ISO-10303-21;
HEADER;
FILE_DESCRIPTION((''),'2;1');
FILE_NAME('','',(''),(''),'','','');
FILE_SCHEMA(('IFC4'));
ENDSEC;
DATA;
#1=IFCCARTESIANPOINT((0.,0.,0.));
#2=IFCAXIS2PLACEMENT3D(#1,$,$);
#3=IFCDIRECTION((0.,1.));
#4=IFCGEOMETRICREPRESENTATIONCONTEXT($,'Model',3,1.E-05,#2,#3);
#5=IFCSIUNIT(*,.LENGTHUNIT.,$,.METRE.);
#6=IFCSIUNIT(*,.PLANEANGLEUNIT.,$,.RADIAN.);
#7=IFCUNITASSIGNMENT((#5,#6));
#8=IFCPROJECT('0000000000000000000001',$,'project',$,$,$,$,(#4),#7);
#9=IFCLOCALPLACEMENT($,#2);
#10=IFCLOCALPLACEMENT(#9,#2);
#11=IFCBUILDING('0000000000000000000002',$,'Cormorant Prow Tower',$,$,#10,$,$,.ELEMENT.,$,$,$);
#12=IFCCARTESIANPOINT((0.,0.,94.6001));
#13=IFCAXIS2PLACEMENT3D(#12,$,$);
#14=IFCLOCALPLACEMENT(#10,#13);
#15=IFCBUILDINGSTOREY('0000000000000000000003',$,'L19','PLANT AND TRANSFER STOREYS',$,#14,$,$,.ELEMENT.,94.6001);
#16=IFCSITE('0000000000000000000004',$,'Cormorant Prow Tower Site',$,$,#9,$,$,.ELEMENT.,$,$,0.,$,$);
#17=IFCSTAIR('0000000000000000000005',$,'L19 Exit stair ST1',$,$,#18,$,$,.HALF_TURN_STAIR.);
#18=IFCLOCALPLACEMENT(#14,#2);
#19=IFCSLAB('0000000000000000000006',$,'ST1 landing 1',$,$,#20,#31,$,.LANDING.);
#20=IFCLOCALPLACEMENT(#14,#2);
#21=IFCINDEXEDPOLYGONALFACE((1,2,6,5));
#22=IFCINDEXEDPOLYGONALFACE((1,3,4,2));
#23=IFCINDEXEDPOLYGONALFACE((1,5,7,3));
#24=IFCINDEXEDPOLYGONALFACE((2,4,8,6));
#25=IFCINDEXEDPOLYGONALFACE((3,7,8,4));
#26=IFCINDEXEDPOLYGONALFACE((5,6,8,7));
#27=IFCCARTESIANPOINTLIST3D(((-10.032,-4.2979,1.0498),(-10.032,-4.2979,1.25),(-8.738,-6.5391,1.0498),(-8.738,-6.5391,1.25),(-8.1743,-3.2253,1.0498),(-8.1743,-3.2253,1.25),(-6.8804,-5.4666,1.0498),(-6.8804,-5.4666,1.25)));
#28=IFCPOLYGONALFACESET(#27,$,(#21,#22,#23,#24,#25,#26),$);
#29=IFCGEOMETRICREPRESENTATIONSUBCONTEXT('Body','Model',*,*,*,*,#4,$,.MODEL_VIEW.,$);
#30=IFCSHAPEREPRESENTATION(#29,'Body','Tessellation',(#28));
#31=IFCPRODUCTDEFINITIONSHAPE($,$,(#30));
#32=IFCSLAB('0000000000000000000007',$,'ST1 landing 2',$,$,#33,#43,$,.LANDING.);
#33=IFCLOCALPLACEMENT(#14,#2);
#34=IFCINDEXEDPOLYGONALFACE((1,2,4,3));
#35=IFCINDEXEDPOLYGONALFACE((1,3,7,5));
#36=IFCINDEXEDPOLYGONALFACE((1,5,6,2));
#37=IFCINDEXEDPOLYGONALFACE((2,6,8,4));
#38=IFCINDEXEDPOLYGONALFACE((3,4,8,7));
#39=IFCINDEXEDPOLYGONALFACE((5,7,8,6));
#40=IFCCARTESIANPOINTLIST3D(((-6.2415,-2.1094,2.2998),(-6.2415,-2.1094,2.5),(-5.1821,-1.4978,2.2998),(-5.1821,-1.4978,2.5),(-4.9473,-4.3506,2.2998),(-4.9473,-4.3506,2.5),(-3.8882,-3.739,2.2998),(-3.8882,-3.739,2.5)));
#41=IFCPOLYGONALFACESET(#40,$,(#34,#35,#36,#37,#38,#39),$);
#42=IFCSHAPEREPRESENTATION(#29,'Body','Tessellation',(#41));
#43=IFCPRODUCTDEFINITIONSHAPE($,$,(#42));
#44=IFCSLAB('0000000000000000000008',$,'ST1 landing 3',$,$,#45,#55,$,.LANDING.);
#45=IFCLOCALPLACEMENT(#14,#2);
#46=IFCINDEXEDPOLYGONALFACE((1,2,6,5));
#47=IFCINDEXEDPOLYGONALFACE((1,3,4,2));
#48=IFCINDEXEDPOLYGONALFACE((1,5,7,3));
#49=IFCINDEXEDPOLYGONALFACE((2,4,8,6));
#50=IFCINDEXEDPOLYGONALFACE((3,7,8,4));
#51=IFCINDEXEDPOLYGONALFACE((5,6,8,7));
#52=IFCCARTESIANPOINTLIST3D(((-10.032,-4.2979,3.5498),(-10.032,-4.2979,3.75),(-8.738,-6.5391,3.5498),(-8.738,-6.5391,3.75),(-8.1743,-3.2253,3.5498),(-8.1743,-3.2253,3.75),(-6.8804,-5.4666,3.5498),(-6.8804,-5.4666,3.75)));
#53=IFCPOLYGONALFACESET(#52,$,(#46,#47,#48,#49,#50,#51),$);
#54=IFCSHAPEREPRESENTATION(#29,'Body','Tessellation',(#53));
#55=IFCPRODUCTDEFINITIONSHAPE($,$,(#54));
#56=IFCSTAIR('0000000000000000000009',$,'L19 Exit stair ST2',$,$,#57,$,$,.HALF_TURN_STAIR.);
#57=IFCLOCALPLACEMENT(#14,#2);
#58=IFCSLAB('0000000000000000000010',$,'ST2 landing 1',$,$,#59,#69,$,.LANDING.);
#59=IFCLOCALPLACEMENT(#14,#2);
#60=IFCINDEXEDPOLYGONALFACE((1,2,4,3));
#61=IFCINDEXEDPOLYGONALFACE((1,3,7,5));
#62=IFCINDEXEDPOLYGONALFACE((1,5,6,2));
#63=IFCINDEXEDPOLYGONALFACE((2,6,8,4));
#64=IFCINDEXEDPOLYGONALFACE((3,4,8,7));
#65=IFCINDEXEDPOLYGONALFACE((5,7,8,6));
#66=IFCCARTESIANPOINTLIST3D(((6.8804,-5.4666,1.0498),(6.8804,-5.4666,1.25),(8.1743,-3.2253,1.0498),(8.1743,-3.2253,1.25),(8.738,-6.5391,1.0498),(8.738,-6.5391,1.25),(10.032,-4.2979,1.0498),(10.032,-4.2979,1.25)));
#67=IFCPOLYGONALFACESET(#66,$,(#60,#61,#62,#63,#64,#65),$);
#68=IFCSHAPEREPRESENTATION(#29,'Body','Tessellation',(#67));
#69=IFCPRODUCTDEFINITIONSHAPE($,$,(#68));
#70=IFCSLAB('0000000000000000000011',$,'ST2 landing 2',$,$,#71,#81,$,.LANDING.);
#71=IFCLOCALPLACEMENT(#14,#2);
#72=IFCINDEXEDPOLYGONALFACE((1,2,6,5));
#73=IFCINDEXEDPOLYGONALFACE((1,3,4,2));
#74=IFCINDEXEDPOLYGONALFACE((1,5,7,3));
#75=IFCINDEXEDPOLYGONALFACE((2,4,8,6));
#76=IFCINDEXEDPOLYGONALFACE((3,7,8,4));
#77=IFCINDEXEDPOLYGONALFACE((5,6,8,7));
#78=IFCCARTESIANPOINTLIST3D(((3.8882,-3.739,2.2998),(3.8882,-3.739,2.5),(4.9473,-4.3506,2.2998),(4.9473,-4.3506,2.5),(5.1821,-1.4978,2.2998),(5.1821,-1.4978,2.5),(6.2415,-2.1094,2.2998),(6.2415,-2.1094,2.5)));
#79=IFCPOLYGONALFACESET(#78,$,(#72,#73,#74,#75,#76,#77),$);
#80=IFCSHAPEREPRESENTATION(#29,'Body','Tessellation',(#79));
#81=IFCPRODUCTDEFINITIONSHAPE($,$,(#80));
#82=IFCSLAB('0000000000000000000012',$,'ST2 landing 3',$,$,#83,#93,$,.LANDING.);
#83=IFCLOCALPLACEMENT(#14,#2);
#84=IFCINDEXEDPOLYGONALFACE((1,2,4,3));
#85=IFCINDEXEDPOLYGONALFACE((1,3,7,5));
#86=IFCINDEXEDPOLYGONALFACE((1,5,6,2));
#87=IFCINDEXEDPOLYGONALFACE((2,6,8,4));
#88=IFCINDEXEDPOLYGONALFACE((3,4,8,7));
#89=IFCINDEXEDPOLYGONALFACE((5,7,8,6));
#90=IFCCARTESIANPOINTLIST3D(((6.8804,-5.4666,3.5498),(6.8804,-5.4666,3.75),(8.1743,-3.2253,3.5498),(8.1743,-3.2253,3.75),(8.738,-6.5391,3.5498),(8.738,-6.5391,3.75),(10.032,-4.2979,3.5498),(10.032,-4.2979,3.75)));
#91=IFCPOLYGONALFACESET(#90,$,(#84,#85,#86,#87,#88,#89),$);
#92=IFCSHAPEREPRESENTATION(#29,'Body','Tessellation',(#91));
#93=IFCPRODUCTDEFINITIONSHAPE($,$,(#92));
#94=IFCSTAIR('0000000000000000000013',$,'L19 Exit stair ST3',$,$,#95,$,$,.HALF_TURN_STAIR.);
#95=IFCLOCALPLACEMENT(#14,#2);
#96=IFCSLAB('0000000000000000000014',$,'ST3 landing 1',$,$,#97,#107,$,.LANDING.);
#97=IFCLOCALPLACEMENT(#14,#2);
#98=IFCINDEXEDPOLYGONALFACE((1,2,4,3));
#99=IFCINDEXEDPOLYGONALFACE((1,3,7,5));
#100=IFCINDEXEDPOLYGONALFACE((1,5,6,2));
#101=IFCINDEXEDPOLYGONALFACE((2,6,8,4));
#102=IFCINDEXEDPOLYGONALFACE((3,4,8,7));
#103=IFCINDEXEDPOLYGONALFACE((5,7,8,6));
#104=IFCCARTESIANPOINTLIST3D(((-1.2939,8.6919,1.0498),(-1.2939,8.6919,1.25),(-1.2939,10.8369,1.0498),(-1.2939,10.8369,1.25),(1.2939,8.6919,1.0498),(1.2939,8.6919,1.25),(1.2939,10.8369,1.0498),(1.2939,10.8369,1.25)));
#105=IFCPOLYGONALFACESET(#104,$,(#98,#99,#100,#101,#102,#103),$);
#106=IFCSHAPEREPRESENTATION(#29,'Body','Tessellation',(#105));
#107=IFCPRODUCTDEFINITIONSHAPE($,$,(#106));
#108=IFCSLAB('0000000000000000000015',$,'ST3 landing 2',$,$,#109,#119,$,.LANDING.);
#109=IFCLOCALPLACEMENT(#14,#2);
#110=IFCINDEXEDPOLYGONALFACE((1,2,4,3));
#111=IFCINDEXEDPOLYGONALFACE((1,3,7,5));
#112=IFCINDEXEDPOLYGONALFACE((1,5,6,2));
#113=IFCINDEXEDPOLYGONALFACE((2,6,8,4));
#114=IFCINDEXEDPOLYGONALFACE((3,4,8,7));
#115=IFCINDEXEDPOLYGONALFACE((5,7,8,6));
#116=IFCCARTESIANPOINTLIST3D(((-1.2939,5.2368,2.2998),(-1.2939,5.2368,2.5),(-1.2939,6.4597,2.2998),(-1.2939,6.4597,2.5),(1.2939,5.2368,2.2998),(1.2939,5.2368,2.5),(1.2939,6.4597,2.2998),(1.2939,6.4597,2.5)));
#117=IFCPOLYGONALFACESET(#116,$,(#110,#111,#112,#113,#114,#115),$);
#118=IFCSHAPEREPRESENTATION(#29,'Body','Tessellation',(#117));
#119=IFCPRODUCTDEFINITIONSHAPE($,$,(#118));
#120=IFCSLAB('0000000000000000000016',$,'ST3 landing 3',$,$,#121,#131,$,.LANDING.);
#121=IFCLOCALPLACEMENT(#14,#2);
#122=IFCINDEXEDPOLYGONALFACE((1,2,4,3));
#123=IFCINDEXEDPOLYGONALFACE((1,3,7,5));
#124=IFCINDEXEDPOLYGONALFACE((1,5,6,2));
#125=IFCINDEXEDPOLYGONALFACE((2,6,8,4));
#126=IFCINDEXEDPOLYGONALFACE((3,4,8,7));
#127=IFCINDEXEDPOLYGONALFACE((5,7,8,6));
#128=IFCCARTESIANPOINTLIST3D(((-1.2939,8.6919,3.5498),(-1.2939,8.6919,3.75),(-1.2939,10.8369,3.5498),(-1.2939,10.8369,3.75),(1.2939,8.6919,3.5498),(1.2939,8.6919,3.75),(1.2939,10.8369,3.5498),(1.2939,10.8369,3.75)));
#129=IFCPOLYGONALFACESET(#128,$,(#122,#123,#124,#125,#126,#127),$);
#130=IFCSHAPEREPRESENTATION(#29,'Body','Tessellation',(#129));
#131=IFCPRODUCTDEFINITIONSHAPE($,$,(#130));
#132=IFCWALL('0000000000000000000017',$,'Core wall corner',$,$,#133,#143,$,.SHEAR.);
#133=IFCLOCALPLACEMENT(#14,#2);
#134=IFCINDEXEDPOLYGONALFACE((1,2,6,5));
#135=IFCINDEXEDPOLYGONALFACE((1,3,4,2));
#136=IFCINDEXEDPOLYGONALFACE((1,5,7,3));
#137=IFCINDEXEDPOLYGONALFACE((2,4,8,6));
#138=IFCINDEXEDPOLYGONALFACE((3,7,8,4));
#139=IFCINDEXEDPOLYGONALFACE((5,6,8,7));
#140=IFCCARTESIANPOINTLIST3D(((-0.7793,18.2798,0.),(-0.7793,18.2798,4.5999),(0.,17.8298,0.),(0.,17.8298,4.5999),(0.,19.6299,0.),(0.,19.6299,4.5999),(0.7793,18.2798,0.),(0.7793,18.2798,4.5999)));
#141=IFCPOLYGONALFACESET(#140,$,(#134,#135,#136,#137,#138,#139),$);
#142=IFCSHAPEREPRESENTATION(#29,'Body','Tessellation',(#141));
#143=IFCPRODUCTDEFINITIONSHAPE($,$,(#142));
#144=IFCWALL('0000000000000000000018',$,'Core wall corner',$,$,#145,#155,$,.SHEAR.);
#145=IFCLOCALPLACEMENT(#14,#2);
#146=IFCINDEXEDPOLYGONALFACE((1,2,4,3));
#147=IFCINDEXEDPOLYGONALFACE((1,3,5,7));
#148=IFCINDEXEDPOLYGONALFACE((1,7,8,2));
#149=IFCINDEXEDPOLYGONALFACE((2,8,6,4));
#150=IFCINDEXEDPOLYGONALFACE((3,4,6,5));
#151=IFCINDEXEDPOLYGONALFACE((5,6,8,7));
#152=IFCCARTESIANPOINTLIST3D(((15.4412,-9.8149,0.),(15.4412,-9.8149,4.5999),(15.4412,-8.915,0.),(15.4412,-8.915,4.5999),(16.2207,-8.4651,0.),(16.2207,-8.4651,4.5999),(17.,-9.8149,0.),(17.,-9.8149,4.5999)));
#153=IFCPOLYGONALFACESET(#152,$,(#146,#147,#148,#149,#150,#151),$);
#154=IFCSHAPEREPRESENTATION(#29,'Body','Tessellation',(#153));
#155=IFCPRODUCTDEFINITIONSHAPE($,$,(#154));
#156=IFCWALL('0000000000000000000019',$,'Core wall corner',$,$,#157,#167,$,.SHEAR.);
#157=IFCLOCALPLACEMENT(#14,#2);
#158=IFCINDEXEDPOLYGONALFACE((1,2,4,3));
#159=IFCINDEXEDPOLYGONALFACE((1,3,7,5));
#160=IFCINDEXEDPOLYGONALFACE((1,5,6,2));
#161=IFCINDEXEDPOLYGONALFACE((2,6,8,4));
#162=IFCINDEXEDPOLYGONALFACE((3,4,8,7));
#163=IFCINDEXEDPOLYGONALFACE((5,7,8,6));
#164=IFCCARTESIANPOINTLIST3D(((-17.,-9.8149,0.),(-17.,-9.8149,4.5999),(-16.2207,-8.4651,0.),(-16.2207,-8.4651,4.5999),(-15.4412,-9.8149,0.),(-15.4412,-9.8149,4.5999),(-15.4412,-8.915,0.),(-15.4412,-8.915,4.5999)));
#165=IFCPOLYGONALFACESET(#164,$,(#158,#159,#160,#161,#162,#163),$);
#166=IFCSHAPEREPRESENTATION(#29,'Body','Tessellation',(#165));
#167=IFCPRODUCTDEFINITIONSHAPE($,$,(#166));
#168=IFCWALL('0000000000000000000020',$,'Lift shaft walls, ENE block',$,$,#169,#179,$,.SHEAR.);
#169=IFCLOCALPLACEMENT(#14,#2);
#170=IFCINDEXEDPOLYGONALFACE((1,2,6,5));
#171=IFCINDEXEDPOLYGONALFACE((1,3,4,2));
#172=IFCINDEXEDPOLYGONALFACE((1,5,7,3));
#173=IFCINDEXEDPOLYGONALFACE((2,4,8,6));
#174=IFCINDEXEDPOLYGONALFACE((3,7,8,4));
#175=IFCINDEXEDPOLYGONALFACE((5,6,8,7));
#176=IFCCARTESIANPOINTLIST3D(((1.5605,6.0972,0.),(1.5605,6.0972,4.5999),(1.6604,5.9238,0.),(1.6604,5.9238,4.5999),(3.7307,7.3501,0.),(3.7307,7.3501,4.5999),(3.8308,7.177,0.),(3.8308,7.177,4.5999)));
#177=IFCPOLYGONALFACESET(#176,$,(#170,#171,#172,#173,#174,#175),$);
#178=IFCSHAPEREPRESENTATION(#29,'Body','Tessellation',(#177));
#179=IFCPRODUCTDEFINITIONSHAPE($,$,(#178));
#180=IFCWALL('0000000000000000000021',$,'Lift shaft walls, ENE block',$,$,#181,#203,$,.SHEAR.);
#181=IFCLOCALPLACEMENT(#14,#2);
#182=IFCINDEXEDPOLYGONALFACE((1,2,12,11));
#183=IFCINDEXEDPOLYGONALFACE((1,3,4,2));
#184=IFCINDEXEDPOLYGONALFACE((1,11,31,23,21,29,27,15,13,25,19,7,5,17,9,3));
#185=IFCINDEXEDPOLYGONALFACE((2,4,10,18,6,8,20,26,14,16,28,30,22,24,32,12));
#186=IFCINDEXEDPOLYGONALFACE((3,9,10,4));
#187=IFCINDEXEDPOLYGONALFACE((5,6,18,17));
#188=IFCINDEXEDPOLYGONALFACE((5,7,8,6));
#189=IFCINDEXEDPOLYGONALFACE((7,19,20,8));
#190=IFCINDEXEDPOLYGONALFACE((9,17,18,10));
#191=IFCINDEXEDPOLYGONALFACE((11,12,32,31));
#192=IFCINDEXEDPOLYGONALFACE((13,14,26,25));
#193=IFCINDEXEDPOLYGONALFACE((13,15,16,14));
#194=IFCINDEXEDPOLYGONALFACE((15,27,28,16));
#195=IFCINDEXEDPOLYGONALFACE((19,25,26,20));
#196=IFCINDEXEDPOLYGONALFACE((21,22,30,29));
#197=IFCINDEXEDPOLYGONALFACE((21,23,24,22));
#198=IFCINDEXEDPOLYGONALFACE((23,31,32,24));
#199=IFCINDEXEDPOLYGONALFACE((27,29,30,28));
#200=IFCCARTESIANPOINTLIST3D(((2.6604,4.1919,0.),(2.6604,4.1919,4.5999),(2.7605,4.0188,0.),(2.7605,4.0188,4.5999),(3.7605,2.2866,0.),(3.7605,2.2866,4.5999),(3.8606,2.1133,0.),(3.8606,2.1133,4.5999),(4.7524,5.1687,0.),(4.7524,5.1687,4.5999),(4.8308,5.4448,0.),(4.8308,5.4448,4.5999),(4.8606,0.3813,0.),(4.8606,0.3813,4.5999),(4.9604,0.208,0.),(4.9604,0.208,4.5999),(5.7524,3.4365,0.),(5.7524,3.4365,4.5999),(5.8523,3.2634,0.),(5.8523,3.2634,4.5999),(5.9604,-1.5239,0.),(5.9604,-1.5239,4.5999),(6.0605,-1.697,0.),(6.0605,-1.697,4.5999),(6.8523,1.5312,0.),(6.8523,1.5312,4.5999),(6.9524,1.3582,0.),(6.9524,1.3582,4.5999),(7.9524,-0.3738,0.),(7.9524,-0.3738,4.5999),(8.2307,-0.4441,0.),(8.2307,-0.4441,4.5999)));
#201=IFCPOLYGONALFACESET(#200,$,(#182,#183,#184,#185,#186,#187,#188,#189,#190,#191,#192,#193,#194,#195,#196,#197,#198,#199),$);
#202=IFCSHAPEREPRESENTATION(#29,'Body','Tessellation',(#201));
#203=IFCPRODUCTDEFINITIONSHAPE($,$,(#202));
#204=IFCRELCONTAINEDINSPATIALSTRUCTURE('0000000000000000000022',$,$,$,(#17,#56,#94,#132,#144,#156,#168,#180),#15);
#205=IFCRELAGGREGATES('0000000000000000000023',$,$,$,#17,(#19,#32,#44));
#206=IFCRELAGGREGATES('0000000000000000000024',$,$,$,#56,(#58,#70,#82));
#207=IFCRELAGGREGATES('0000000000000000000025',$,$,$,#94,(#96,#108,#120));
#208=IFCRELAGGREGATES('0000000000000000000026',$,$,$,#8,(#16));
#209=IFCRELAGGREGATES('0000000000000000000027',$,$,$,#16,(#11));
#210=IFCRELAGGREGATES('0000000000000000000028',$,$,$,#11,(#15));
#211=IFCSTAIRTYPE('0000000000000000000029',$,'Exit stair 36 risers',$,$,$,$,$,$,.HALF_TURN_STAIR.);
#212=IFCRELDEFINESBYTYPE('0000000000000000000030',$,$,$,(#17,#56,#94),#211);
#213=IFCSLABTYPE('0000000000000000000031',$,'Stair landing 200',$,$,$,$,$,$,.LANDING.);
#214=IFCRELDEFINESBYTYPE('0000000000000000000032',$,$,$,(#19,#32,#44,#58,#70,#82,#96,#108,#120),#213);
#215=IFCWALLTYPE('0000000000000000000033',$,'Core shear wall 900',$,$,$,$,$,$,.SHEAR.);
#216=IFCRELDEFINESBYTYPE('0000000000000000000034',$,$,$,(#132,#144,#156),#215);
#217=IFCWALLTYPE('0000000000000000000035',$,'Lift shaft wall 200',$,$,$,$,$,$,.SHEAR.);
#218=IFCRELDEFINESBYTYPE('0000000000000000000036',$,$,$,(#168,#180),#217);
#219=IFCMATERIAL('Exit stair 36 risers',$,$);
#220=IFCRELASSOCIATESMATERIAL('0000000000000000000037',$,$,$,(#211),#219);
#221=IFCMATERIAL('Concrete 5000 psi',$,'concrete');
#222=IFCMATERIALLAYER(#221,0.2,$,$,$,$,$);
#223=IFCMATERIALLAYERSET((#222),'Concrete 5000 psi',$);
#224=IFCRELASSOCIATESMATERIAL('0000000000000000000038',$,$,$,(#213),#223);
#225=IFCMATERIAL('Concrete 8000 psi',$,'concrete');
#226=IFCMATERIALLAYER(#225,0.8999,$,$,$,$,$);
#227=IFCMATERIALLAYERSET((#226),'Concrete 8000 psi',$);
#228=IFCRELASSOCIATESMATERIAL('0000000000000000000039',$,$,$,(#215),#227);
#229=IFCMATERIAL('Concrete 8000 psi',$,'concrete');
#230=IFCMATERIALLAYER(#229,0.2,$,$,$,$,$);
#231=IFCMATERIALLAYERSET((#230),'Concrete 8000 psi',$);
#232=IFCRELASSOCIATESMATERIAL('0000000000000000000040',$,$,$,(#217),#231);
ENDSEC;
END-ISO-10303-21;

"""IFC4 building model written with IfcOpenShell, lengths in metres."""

from ifc_helpers import new_model, si_unit, direction, frame, origin, place, context, subcontext, project, spatial, polyline, outline, extrude, material, layer, layer_set, type_object, element, aggregate, save


model = new_model("IFC4")

# Units and contexts
model_context = context("Model", 3, precision=1e-05, world=origin(), true_north=direction((0.0, 1.0)))
body_context = subcontext(model_context, "Body", "Model", "MODEL_VIEW")
ifc_project = project(units=[si_unit("LENGTHUNIT", "METRE"), si_unit("PLANEANGLEUNIT", "RADIAN")], contexts=[model_context])

# Site, building, storey
site_placement = place(None, origin())
site = spatial("IfcSite", under=ifc_project, at=site_placement, Name="Cormorant Prow Tower Site", CompositionType="ELEMENT", RefElevation=0.0)
building_placement = place(site_placement, origin())
building = spatial("IfcBuilding", under=site, at=building_placement, Name="Cormorant Prow Tower", CompositionType="ELEMENT")
storey_placement = place(building_placement, frame((0.0, 0.0, 94.6001)))
storey = spatial("IfcBuildingStorey", under=building, at=storey_placement, Name="L19", Description="PLANT AND TRANSFER STOREYS", CompositionType="ELEMENT", Elevation=94.6001)

# Stairs, slabs
ifc_material_1 = material(Name="Exit stair 36 risers")
stair_type = type_object("IfcStairType", Name="Exit stair 36 risers", PredefinedType="HALF_TURN_STAIR", material=ifc_material_1)
stair_1_placement = place(storey_placement, origin())
stair_1 = element("IfcStair", 1, at=stair_1_placement, inside=storey, type_object=stair_type, Name="L19 Exit stair ST1", PredefinedType="HALF_TURN_STAIR")
ifc_material_2 = material(Name="Concrete 5000 psi", Category="concrete")
ifc_layer_1 = layer(ifc_material_2, 0.2)
ifc_layer_set_1 = layer_set([ifc_layer_1], Name="Concrete 5000 psi")
slab_type = type_object("IfcSlabType", Name="Stair landing 200", PredefinedType="LANDING", material=ifc_layer_set_1)
slab_1_placement = place(storey_placement, frame((0.0, 0.0, 1.0498)))
slab_1 = element("IfcSlab", 2, at=slab_1_placement, type_object=slab_type, Name="ST1 landing 1", PredefinedType="LANDING", context=body_context, shape_type="SweptSolid", body=[
    extrude(outline(polyline([(-8.1743, -3.2253), (-10.032, -4.2979), (-8.738, -6.5391), (-6.8804, -5.4666), (-8.1743, -3.2253)])), origin(), (0.0, 0.0, 1.0), 0.2002),
])
slab_2_placement = place(storey_placement, frame((0.0, 0.0, 2.2998)))
slab_2 = element("IfcSlab", 3, at=slab_2_placement, type_object=slab_type, Name="ST1 landing 2", PredefinedType="LANDING", context=body_context, shape_type="SweptSolid", body=[
    extrude(outline(polyline([(-5.1821, -1.4978), (-6.2415, -2.1094), (-4.9473, -4.3506), (-3.8882, -3.739), (-5.1821, -1.4978)])), origin(), (0.0, 0.0, 1.0), 0.2002),
])
slab_3_placement = place(storey_placement, frame((0.0, 0.0, 3.5498)))
slab_3 = element("IfcSlab", 4, at=slab_3_placement, type_object=slab_type, Name="ST1 landing 3", PredefinedType="LANDING", context=body_context, shape_type="SweptSolid", body=[
    extrude(outline(polyline([(-8.1743, -3.2253), (-10.032, -4.2979), (-8.738, -6.5391), (-6.8804, -5.4666), (-8.1743, -3.2253)])), origin(), (0.0, 0.0, 1.0), 0.2002),
])
aggregate(stair_1, [slab_1, slab_2, slab_3])
stair_2_placement = place(storey_placement, origin())
stair_2 = element("IfcStair", 5, at=stair_2_placement, inside=storey, type_object=stair_type, Name="L19 Exit stair ST2", PredefinedType="HALF_TURN_STAIR")
slab_4_placement = place(storey_placement, frame((0.0, 0.0, 1.0498)))
slab_4 = element("IfcSlab", 6, at=slab_4_placement, type_object=slab_type, Name="ST2 landing 1", PredefinedType="LANDING", context=body_context, shape_type="SweptSolid", body=[
    extrude(outline(polyline([(6.8804, -5.4666), (8.738, -6.5391), (10.032, -4.2979), (8.1743, -3.2253), (6.8804, -5.4666)])), origin(), (0.0, 0.0, 1.0), 0.2002),
])
slab_5_placement = place(storey_placement, frame((0.0, 0.0, 2.2998)))
slab_5 = element("IfcSlab", 7, at=slab_5_placement, type_object=slab_type, Name="ST2 landing 2", PredefinedType="LANDING", context=body_context, shape_type="SweptSolid", body=[
    extrude(outline(polyline([(3.8882, -3.739), (4.9473, -4.3506), (6.2415, -2.1094), (5.1821, -1.4978), (3.8882, -3.739)])), origin(), (0.0, 0.0, 1.0), 0.2002),
])
slab_6_placement = place(storey_placement, frame((0.0, 0.0, 3.5498)))
slab_6 = element("IfcSlab", 8, at=slab_6_placement, type_object=slab_type, Name="ST2 landing 3", PredefinedType="LANDING", context=body_context, shape_type="SweptSolid", body=[
    extrude(outline(polyline([(6.8804, -5.4666), (8.738, -6.5391), (10.032, -4.2979), (8.1743, -3.2253), (6.8804, -5.4666)])), origin(), (0.0, 0.0, 1.0), 0.2002),
])
aggregate(stair_2, [slab_4, slab_5, slab_6])
stair_3_placement = place(storey_placement, origin())
stair_3 = element("IfcStair", 9, at=stair_3_placement, inside=storey, type_object=stair_type, Name="L19 Exit stair ST3", PredefinedType="HALF_TURN_STAIR")
slab_7_placement = place(storey_placement, frame((0.0, 0.0, 1.0498)))
slab_7 = element("IfcSlab", 10, at=slab_7_placement, type_object=slab_type, Name="ST3 landing 1", PredefinedType="LANDING", context=body_context, shape_type="SweptSolid", body=[
    extrude(outline(polyline([(1.2939, 8.6919), (1.2939, 10.8369), (-1.2939, 10.8369), (-1.2939, 8.6919), (1.2939, 8.6919)])), origin(), (0.0, 0.0, 1.0), 0.2002),
])
slab_8_placement = place(storey_placement, frame((0.0, 0.0, 2.2998)))
slab_8 = element("IfcSlab", 11, at=slab_8_placement, type_object=slab_type, Name="ST3 landing 2", PredefinedType="LANDING", context=body_context, shape_type="SweptSolid", body=[
    extrude(outline(polyline([(1.2939, 5.2368), (1.2939, 6.4597), (-1.2939, 6.4597), (-1.2939, 5.2368), (1.2939, 5.2368)])), origin(), (0.0, 0.0, 1.0), 0.2002),
])
slab_9_placement = place(storey_placement, frame((0.0, 0.0, 3.5498)))
slab_9 = element("IfcSlab", 12, at=slab_9_placement, type_object=slab_type, Name="ST3 landing 3", PredefinedType="LANDING", context=body_context, shape_type="SweptSolid", body=[
    extrude(outline(polyline([(1.2939, 8.6919), (1.2939, 10.8369), (-1.2939, 10.8369), (-1.2939, 8.6919), (1.2939, 8.6919)])), origin(), (0.0, 0.0, 1.0), 0.2002),
])

# Walls
ifc_material_3 = material(Name="Concrete 8000 psi", Category="concrete")
ifc_layer_2 = layer(ifc_material_3, 0.8999)
ifc_layer_set_2 = layer_set([ifc_layer_2], Name="Concrete 8000 psi")
wall_type_1 = type_object("IfcWallType", Name="Core shear wall 900", PredefinedType="SHEAR", material=ifc_layer_set_2)
wall_1_placement = place(storey_placement, origin())
element("IfcWall", 13, at=wall_1_placement, inside=storey, type_object=wall_type_1, Name="Core wall corner", PredefinedType="SHEAR", context=body_context, shape_type="SweptSolid", body=[
    extrude(outline(polyline([(-0.7793, 18.2798), (0.0, 19.6299), (0.7793, 18.2798), (0.0, 17.8298), (-0.7793, 18.2798)])), origin(), (0.0, 0.0, 1.0), 4.5999),
])
wall_2_placement = place(storey_placement, origin())
element("IfcWall", 14, at=wall_2_placement, inside=storey, type_object=wall_type_1, Name="Core wall corner", PredefinedType="SHEAR", context=body_context, shape_type="SweptSolid", body=[
    extrude(outline(polyline([(15.4412, -9.8149), (15.4412, -8.915), (16.2207, -8.4651), (17.0, -9.8149), (15.4412, -9.8149)])), origin(), (0.0, 0.0, 1.0), 4.5999),
])
wall_3_placement = place(storey_placement, origin())
element("IfcWall", 15, at=wall_3_placement, inside=storey, type_object=wall_type_1, Name="Core wall corner", PredefinedType="SHEAR", context=body_context, shape_type="SweptSolid", body=[
    extrude(outline(polyline([(-16.2207, -8.4651), (-15.4412, -8.915), (-15.4412, -9.8149), (-17.0, -9.8149), (-16.2207, -8.4651)])), origin(), (0.0, 0.0, 1.0), 4.5999),
])
ifc_material_4 = material(Name="Concrete 8000 psi", Category="concrete")
ifc_layer_3 = layer(ifc_material_4, 0.2)
ifc_layer_set_3 = layer_set([ifc_layer_3], Name="Concrete 8000 psi")
wall_type_2 = type_object("IfcWallType", Name="Lift shaft wall 200", PredefinedType="SHEAR", material=ifc_layer_set_3)
wall_4_placement = place(storey_placement, origin())
element("IfcWall", 16, at=wall_4_placement, inside=storey, type_object=wall_type_2, Name="Lift shaft walls, ENE block", PredefinedType="SHEAR", context=body_context, shape_type="SweptSolid", body=[
    extrude(outline(polyline([(1.5605, 6.0972), (3.7307, 7.3501), (3.8308, 7.177), (1.6604, 5.9238), (1.5605, 6.0972)])), origin(), (0.0, 0.0, 1.0), 4.5999),
])
wall_5_placement = place(storey_placement, origin())
element("IfcWall", 17, at=wall_5_placement, inside=storey, type_object=wall_type_2, Name="Lift shaft walls, ENE block", PredefinedType="SHEAR", context=body_context, shape_type="SweptSolid", body=[
    extrude(outline(polyline([(2.6604, 4.1919), (4.8308, 5.4448), (8.2307, -0.4441), (6.0605, -1.697), (5.9604, -1.5239), (7.9524, -0.3738), (6.9524, 1.3582), (4.9604, 0.208), (4.8606, 0.3813), (6.8523, 1.5312), (5.8523, 3.2634), (3.8606, 2.1133), (3.7605, 2.2866), (5.7524, 3.4365), (4.7524, 5.1687), (2.7605, 4.0188), (2.6604, 4.1919)])), origin(), (0.0, 0.0, 1.0), 4.5999),
])

aggregate(stair_3, [slab_7, slab_8, slab_9])

save(model, "model.ifc")
